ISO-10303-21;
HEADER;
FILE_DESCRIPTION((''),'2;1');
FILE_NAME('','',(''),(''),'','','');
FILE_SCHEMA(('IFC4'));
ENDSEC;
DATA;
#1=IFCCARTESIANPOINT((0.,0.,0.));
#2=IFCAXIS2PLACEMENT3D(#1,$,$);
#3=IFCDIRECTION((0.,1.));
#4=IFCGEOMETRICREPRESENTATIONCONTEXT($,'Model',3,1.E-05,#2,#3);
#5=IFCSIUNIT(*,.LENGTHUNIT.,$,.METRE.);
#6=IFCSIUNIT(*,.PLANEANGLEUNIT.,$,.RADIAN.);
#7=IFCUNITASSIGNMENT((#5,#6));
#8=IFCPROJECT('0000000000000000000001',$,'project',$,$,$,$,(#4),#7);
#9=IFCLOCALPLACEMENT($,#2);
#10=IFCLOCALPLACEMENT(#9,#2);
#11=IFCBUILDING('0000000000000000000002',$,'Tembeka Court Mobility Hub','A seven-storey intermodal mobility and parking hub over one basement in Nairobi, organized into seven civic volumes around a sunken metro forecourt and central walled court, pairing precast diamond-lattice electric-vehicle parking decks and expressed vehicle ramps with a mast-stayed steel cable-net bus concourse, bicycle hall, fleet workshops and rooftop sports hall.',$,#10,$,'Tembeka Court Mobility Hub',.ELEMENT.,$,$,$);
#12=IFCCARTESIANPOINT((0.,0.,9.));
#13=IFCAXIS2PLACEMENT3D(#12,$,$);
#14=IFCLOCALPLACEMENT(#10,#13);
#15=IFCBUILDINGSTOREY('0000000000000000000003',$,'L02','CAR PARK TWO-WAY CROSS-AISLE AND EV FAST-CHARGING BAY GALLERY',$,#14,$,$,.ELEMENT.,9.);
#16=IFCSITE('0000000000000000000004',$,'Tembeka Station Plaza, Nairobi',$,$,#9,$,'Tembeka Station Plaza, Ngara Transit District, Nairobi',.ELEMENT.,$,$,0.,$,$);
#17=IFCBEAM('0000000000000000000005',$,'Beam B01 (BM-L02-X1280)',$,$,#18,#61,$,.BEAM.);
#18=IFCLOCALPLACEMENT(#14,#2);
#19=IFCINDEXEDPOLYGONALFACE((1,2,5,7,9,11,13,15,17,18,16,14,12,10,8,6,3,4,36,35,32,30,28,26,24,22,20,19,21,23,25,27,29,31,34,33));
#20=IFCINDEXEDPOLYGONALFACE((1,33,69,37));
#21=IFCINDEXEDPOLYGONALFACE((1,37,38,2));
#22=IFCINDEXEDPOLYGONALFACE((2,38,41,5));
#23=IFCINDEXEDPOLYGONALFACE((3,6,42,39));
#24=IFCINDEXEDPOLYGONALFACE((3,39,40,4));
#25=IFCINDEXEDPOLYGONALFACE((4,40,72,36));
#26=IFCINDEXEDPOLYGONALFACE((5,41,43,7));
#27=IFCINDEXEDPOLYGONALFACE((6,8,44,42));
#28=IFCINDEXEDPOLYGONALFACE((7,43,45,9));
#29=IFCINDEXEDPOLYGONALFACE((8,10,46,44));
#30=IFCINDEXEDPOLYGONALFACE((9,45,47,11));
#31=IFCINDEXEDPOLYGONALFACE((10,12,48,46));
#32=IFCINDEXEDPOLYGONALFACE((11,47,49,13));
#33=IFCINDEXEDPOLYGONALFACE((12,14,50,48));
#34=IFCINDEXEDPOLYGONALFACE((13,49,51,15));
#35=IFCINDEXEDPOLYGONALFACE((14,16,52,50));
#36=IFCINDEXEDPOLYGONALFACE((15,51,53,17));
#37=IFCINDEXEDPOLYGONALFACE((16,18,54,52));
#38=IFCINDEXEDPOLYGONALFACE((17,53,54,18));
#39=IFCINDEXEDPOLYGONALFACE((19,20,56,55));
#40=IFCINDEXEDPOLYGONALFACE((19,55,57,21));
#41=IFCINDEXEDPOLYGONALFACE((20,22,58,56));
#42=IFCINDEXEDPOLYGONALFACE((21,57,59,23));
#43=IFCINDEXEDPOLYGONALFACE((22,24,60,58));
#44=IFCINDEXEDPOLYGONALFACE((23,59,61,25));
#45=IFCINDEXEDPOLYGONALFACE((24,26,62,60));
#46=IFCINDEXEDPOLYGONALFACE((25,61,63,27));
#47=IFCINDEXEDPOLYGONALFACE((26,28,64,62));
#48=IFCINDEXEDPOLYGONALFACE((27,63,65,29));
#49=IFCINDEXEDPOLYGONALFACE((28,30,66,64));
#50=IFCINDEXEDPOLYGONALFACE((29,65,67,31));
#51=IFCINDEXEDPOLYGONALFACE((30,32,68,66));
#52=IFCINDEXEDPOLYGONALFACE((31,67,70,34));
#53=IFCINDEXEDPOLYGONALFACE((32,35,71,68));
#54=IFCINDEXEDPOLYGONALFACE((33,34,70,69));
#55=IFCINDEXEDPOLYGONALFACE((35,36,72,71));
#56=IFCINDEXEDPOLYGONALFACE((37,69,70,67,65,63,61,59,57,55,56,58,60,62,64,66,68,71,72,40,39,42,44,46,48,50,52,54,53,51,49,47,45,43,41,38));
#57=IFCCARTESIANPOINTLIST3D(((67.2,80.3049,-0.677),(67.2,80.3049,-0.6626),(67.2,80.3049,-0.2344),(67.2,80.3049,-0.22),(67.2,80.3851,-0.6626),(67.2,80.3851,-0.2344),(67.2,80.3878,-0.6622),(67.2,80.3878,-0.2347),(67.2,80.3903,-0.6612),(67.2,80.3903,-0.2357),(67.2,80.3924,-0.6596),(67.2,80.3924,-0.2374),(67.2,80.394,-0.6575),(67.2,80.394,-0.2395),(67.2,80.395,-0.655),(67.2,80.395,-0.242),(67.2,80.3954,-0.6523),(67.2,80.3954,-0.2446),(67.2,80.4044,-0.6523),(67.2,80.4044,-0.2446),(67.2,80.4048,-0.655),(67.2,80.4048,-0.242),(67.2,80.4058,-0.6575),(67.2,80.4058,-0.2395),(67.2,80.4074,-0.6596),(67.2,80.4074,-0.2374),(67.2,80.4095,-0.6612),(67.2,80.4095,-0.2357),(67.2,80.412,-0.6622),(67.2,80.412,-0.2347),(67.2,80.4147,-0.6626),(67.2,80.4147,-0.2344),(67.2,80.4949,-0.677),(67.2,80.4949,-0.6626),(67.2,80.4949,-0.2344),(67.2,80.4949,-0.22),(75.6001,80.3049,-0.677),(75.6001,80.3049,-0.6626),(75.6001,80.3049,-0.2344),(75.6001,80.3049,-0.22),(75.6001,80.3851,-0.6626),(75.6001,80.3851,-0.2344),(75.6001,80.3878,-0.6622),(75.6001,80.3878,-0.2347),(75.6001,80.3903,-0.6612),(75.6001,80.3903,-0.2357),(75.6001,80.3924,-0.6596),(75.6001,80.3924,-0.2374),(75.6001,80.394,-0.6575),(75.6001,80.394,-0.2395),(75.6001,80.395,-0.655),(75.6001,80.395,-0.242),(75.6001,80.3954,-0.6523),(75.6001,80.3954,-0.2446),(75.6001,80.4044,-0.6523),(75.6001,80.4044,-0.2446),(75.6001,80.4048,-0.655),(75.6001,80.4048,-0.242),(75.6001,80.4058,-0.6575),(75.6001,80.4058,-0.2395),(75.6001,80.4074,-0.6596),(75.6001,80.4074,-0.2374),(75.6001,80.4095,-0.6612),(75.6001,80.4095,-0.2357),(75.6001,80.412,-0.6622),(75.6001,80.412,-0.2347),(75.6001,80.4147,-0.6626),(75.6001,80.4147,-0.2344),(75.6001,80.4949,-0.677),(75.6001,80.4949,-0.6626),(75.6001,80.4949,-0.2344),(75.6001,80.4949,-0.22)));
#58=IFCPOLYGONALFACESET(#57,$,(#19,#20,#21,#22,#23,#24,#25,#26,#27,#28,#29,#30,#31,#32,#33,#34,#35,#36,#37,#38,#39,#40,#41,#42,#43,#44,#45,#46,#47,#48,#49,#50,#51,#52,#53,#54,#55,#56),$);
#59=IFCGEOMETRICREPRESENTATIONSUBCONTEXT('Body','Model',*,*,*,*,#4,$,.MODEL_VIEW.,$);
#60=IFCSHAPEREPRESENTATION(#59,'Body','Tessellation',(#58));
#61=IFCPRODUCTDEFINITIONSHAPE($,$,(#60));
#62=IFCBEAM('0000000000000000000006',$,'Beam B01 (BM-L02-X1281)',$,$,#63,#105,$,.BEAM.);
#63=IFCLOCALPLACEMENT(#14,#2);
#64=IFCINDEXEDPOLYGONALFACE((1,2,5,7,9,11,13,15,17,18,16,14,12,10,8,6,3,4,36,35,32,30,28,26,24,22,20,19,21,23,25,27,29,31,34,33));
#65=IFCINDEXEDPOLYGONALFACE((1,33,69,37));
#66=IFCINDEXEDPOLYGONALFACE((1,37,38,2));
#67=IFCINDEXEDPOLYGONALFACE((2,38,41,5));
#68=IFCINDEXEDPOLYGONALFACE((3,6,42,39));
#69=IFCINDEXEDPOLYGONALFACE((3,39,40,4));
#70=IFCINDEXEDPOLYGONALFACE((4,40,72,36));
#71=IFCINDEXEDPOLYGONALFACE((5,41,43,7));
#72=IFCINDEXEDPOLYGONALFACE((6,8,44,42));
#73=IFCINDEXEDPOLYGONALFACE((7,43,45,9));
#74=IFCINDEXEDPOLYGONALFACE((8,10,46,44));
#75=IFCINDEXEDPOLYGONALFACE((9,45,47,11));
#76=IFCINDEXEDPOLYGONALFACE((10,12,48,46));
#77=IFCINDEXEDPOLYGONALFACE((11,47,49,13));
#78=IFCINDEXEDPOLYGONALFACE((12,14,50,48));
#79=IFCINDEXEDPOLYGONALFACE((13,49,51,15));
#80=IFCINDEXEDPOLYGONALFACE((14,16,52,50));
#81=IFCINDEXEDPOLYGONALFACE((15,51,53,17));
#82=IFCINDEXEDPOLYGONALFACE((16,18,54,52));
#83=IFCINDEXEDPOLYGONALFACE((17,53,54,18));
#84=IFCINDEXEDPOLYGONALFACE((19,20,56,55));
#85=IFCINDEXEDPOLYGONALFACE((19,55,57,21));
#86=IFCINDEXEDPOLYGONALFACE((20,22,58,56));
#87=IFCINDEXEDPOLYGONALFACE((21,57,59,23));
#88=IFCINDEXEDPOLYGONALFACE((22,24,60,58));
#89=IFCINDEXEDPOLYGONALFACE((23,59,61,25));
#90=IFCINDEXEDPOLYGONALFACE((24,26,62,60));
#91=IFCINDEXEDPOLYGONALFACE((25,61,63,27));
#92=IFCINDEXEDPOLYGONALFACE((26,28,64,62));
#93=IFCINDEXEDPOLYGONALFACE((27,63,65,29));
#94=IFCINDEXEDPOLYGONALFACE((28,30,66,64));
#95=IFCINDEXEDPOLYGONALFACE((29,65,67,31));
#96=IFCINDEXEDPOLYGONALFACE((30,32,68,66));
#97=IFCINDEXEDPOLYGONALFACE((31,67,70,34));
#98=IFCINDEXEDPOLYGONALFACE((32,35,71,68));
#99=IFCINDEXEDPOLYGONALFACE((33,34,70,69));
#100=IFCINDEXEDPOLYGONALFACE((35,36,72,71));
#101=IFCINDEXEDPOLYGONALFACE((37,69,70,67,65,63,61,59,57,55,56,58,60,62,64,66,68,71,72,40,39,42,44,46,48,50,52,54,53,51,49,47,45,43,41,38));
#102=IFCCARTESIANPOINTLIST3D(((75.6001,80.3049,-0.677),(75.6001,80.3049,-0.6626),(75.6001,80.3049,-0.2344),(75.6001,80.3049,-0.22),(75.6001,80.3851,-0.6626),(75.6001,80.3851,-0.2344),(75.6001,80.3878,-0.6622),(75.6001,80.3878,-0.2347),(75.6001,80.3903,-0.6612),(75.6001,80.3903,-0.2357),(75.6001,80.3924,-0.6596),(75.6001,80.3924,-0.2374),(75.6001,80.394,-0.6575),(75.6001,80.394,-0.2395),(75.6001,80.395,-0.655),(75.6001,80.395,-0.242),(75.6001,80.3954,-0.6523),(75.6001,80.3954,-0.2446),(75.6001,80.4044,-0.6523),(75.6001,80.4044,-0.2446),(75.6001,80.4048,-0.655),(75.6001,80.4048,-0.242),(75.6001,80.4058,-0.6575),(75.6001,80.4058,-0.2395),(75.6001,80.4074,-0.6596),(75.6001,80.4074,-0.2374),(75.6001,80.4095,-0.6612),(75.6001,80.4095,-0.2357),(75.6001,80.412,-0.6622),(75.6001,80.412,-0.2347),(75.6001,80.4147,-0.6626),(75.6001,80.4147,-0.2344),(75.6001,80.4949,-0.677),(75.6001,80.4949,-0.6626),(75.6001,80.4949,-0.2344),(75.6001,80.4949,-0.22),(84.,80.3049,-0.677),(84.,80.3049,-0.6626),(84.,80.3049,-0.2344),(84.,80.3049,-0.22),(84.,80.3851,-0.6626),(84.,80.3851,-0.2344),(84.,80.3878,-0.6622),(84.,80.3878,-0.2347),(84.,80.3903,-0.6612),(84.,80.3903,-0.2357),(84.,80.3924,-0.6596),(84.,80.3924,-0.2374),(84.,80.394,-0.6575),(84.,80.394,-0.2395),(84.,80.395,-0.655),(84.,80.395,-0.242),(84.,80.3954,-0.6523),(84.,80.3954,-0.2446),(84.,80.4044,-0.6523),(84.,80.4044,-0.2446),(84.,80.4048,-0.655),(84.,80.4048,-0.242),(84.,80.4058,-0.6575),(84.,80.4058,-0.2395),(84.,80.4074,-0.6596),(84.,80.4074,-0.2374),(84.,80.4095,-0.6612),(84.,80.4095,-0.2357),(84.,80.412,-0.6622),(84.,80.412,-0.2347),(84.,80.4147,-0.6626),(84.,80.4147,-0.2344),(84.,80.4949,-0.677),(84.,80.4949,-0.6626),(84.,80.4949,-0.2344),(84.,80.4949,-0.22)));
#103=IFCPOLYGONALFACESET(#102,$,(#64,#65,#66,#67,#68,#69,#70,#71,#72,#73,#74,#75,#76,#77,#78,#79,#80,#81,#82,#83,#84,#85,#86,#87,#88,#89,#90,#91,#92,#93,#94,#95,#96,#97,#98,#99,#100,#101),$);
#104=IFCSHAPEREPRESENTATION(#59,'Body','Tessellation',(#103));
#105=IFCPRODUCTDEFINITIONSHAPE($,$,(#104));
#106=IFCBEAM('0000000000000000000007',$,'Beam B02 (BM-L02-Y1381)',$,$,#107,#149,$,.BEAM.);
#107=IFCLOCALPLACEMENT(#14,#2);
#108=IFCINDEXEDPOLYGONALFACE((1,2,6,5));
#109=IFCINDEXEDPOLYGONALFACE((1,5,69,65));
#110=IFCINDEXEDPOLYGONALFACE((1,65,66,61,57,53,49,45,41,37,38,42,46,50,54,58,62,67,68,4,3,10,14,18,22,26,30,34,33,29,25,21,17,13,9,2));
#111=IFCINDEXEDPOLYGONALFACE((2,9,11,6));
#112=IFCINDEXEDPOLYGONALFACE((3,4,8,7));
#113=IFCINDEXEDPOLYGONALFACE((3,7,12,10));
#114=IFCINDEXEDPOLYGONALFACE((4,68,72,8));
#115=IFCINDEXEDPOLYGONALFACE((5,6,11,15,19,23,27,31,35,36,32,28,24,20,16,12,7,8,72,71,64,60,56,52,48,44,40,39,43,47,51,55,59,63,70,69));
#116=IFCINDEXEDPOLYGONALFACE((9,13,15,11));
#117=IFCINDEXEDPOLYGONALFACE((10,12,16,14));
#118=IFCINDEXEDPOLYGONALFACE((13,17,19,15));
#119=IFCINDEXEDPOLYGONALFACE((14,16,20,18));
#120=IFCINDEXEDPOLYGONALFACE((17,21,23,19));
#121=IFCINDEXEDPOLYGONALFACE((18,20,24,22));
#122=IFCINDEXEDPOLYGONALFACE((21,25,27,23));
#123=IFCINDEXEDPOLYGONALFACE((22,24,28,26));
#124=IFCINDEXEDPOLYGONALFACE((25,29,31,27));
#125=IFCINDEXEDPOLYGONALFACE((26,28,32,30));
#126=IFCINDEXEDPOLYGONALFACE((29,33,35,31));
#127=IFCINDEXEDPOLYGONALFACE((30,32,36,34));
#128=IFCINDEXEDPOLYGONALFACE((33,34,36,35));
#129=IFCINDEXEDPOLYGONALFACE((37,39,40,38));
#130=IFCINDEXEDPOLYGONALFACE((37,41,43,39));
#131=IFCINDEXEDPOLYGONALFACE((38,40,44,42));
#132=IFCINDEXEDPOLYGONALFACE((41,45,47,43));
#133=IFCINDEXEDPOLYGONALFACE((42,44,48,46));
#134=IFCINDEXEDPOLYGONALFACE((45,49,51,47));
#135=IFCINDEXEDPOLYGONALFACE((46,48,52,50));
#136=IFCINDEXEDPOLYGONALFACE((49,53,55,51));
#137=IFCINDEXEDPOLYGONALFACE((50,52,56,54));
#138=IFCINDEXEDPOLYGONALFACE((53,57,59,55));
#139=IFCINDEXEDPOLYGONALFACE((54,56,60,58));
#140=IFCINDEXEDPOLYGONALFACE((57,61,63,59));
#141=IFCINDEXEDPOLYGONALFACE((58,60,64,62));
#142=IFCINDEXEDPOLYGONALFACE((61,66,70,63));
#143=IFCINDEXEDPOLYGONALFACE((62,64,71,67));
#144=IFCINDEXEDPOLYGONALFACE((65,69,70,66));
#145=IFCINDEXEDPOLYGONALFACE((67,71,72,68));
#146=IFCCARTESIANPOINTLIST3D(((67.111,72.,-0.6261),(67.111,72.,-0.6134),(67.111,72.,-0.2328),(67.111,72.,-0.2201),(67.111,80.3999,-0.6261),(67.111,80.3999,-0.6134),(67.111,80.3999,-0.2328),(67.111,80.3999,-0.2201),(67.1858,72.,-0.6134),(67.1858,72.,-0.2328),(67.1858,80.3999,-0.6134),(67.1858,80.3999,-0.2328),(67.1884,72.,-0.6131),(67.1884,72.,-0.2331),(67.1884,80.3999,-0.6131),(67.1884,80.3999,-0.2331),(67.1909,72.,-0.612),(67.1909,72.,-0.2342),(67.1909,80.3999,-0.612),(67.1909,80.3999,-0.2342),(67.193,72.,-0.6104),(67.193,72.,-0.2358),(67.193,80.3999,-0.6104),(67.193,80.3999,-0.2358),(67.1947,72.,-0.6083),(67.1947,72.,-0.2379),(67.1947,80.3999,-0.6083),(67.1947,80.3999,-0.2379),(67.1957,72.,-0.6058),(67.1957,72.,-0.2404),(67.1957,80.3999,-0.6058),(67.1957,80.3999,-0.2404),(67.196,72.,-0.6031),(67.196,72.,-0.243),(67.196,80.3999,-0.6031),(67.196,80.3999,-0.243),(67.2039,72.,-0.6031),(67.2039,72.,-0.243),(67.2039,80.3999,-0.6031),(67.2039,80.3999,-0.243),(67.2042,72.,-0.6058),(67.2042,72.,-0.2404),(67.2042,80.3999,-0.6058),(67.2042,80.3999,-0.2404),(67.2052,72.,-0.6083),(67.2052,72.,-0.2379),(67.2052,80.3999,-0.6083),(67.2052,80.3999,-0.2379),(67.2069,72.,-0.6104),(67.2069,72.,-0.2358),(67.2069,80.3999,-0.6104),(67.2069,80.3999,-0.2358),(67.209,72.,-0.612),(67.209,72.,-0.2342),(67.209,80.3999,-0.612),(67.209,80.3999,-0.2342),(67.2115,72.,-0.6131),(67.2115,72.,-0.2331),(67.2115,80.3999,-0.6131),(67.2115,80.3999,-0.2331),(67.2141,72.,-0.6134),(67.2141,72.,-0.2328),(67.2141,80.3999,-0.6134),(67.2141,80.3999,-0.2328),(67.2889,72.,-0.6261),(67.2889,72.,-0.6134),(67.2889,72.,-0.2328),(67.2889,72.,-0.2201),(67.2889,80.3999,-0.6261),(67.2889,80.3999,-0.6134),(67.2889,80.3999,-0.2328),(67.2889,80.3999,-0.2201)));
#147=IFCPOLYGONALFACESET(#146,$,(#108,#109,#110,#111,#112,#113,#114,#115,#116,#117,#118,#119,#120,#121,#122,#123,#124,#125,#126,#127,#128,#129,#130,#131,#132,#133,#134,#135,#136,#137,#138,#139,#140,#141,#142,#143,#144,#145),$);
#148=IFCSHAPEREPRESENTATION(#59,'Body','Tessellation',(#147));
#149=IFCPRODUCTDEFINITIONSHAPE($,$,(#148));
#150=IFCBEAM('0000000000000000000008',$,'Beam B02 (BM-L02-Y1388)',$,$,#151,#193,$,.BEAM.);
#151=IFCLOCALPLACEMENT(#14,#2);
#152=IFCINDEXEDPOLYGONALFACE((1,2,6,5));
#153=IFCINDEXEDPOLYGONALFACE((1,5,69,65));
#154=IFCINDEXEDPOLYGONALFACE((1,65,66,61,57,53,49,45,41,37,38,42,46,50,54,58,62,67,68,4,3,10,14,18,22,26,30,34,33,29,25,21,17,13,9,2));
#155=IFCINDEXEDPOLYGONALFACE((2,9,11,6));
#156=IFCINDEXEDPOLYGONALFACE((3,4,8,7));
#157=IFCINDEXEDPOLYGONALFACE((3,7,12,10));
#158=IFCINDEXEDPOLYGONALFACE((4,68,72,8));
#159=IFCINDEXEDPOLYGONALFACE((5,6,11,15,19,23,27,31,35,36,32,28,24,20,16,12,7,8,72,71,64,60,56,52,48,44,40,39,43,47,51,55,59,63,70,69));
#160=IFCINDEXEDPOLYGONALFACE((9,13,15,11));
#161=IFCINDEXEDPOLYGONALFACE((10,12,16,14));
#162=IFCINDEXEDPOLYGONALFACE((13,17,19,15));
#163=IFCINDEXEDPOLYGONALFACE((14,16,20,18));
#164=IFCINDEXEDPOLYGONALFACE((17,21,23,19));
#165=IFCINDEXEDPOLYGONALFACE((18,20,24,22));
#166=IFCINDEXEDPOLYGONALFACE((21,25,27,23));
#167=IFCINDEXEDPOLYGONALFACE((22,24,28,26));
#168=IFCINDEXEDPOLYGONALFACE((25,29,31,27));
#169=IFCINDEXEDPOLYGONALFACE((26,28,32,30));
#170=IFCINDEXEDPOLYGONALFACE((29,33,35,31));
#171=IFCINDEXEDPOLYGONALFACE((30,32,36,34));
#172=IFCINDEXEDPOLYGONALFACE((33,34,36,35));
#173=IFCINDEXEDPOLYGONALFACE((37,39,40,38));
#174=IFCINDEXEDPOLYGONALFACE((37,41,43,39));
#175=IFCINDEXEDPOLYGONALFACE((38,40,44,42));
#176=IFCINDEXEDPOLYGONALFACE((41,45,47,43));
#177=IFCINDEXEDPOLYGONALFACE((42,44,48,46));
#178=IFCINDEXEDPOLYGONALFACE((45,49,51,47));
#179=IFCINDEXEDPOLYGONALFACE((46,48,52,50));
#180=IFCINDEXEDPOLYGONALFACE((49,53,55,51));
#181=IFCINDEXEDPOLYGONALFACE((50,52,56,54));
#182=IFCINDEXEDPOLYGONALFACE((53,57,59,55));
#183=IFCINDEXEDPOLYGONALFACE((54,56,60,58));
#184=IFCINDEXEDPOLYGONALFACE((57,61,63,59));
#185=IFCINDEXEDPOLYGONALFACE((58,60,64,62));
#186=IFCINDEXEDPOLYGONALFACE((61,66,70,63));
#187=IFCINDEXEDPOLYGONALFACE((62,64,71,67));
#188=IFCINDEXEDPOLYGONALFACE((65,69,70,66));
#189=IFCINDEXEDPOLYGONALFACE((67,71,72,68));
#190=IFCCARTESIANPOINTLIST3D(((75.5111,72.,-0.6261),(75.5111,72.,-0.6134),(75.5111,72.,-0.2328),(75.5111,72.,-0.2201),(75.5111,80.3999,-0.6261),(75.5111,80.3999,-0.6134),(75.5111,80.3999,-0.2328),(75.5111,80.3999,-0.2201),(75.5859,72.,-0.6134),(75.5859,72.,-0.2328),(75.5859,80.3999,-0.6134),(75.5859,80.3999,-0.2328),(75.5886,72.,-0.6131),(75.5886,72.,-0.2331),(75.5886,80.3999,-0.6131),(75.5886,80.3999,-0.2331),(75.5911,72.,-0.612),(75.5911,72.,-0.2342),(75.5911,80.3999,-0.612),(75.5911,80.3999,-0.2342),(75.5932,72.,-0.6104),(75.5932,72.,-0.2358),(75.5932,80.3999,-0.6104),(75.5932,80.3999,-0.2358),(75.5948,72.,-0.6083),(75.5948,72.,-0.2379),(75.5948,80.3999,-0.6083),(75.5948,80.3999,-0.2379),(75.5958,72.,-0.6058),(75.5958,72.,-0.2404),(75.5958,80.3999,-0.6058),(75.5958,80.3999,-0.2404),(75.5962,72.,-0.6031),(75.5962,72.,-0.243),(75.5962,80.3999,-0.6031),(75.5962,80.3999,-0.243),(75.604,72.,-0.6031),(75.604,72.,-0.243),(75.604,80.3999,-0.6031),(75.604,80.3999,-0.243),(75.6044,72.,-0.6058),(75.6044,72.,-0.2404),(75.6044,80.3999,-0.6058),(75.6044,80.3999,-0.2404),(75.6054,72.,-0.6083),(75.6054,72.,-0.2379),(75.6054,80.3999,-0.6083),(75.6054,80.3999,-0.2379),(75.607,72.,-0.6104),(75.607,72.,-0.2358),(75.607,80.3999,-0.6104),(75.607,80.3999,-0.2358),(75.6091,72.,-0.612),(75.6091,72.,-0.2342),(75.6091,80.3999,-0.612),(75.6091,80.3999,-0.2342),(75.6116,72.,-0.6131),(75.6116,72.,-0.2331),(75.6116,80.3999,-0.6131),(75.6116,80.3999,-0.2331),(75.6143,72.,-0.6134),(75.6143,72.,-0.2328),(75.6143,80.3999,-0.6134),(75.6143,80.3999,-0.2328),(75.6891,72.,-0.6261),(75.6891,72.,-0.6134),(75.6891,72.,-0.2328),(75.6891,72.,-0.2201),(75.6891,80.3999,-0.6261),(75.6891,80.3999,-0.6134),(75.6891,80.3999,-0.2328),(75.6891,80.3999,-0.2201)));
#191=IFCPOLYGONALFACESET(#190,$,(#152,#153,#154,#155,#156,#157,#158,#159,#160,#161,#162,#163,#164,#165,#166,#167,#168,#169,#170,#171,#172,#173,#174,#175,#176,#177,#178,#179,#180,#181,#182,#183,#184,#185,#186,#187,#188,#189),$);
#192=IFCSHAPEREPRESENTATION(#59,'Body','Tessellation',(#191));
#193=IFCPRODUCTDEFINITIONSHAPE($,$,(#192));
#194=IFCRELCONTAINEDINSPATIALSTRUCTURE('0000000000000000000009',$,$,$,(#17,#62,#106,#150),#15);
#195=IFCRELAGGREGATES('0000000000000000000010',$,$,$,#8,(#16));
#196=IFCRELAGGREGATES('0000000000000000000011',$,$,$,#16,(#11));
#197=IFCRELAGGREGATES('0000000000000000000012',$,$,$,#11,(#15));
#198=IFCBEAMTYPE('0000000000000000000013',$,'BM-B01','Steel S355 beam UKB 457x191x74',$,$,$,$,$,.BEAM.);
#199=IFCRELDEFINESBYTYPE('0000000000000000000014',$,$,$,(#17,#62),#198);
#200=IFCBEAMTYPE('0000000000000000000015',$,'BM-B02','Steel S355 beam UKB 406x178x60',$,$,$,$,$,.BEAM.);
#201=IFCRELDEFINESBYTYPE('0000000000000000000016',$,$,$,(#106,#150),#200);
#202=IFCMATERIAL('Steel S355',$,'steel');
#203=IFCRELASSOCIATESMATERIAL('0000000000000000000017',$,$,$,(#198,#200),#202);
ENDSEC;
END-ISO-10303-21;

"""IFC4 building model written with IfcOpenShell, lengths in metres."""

from ifc_helpers import new_model, si_unit, direction, frame, origin, origin_2d, place, context, subcontext, project, spatial, i_section, extrude, material, material_profile, profile_set, type_object, element, save


model = new_model("IFC4")

# Units and contexts
model_context = context("Model", 3, precision=1e-05, world=origin(), true_north=direction((0.0, 1.0)))
body_context = subcontext(model_context, "Body", "Model", "MODEL_VIEW")
ifc_project = project(units=[si_unit("LENGTHUNIT", "METRE"), si_unit("PLANEANGLEUNIT", "RADIAN")], contexts=[model_context])

# Site, building, storey
site_placement = place(None, origin())
site = spatial("IfcSite", under=ifc_project, at=site_placement, Name="Tembeka Station Plaza, Nairobi", LongName="Tembeka Station Plaza, Ngara Transit District, Nairobi", CompositionType="ELEMENT", RefElevation=0.0)
building_placement = place(site_placement, origin())
building = spatial("IfcBuilding", under=site, at=building_placement, Name="Tembeka Court Mobility Hub", Description="A seven-storey intermodal mobility and parking hub over one basement in Nairobi, organized into seven civic volumes around a sunken metro forecourt and central walled court, pairing precast diamond-lattice electric-vehicle parking decks and expressed vehicle ramps with a mast-stayed steel cable-net bus concourse, bicycle hall, fleet workshops and rooftop sports hall.", LongName="Tembeka Court Mobility Hub", CompositionType="ELEMENT")
storey_placement = place(building_placement, frame((0.0, 0.0, 9.0)))
storey = spatial("IfcBuildingStorey", under=building, at=storey_placement, Name="L02", Description="CAR PARK TWO-WAY CROSS-AISLE AND EV FAST-CHARGING BAY GALLERY", CompositionType="ELEMENT", Elevation=9.0)

# Shared definitions
ifc_material = material(Name="Steel S355", Category="steel")

# Beams
ifc_material_profile_1 = material_profile(ifc_material, i_section(OverallWidth=0.1899, OverallDepth=0.457, WebThickness=0.009, FlangeThickness=0.0144, FilletRadius=0.0103, at=origin_2d()), Name="UKB 457x191x74")
ifc_profile_set_1 = profile_set([ifc_material_profile_1], Name="Steel S355")
beam_type_1 = type_object("IfcBeamType", Name="BM-B01", Description="Steel S355 beam UKB 457x191x74", PredefinedType="BEAM", material=ifc_profile_set_1)
beam_1_placement = place(storey_placement, frame((67.2, 80.3999, -0.4485), z_axis=(1.0, 0.0, 0.0), x_axis=(0.0, 1.0, 0.0)))
element("IfcBeam", 1, at=beam_1_placement, inside=storey, type_object=beam_type_1, Name="Beam B01 (BM-L02-X1280)", PredefinedType="BEAM", context=body_context, shape_type="SweptSolid", body=[
    extrude(i_section(OverallWidth=0.1899, OverallDepth=0.457, WebThickness=0.009, FlangeThickness=0.0144, FilletRadius=0.0103, at=origin_2d()), origin(), (0.0, 0.0, 1.0), 8.4001),
])
beam_2_placement = place(storey_placement, frame((75.6001, 80.3999, -0.4485), z_axis=(1.0, 0.0, 0.0), x_axis=(0.0, 1.0, 0.0)))
element("IfcBeam", 2, at=beam_2_placement, inside=storey, type_object=beam_type_1, Name="Beam B01 (BM-L02-X1281)", PredefinedType="BEAM", context=body_context, shape_type="SweptSolid", body=[
    extrude(i_section(OverallWidth=0.1899, OverallDepth=0.457, WebThickness=0.009, FlangeThickness=0.0144, FilletRadius=0.0103, at=origin_2d()), origin(), (0.0, 0.0, 1.0), 8.3999),
])
ifc_material_profile_2 = material_profile(ifc_material, i_section(OverallWidth=0.178, OverallDepth=0.406, WebThickness=0.0078, FlangeThickness=0.0127, FilletRadius=0.0103, at=origin_2d()), Name="UKB 406x178x60")
ifc_profile_set_2 = profile_set([ifc_material_profile_2], Name="Steel S355")
beam_type_2 = type_object("IfcBeamType", Name="BM-B02", Description="Steel S355 beam UKB 406x178x60", PredefinedType="BEAM", material=ifc_profile_set_2)
for number, where, z_axis, x_axis, name in (
    (3, (67.2, 72.0, -0.4231), (0.0, 1.0, 0.0), (-1.0, 0.0, 0.0), "Beam B02 (BM-L02-Y1381)"),
    (4, (75.6001, 72.0, -0.4231), (0.0, 1.0, 0.0), (-1.0, 0.0, 0.0), "Beam B02 (BM-L02-Y1388)"),
):
    element("IfcBeam", number, at=place(storey_placement, frame(where, z_axis=z_axis, x_axis=x_axis)), inside=storey, type_object=beam_type_2, Name=name, PredefinedType="BEAM", context=body_context, shape_type="SweptSolid", body=[
        extrude(i_section(OverallWidth=0.178, OverallDepth=0.406, WebThickness=0.0078, FlangeThickness=0.0127, FilletRadius=0.0103, at=origin_2d()), origin(), (0.0, 0.0, 1.0), 8.3999),
    ])

save(model, "model.ifc")
